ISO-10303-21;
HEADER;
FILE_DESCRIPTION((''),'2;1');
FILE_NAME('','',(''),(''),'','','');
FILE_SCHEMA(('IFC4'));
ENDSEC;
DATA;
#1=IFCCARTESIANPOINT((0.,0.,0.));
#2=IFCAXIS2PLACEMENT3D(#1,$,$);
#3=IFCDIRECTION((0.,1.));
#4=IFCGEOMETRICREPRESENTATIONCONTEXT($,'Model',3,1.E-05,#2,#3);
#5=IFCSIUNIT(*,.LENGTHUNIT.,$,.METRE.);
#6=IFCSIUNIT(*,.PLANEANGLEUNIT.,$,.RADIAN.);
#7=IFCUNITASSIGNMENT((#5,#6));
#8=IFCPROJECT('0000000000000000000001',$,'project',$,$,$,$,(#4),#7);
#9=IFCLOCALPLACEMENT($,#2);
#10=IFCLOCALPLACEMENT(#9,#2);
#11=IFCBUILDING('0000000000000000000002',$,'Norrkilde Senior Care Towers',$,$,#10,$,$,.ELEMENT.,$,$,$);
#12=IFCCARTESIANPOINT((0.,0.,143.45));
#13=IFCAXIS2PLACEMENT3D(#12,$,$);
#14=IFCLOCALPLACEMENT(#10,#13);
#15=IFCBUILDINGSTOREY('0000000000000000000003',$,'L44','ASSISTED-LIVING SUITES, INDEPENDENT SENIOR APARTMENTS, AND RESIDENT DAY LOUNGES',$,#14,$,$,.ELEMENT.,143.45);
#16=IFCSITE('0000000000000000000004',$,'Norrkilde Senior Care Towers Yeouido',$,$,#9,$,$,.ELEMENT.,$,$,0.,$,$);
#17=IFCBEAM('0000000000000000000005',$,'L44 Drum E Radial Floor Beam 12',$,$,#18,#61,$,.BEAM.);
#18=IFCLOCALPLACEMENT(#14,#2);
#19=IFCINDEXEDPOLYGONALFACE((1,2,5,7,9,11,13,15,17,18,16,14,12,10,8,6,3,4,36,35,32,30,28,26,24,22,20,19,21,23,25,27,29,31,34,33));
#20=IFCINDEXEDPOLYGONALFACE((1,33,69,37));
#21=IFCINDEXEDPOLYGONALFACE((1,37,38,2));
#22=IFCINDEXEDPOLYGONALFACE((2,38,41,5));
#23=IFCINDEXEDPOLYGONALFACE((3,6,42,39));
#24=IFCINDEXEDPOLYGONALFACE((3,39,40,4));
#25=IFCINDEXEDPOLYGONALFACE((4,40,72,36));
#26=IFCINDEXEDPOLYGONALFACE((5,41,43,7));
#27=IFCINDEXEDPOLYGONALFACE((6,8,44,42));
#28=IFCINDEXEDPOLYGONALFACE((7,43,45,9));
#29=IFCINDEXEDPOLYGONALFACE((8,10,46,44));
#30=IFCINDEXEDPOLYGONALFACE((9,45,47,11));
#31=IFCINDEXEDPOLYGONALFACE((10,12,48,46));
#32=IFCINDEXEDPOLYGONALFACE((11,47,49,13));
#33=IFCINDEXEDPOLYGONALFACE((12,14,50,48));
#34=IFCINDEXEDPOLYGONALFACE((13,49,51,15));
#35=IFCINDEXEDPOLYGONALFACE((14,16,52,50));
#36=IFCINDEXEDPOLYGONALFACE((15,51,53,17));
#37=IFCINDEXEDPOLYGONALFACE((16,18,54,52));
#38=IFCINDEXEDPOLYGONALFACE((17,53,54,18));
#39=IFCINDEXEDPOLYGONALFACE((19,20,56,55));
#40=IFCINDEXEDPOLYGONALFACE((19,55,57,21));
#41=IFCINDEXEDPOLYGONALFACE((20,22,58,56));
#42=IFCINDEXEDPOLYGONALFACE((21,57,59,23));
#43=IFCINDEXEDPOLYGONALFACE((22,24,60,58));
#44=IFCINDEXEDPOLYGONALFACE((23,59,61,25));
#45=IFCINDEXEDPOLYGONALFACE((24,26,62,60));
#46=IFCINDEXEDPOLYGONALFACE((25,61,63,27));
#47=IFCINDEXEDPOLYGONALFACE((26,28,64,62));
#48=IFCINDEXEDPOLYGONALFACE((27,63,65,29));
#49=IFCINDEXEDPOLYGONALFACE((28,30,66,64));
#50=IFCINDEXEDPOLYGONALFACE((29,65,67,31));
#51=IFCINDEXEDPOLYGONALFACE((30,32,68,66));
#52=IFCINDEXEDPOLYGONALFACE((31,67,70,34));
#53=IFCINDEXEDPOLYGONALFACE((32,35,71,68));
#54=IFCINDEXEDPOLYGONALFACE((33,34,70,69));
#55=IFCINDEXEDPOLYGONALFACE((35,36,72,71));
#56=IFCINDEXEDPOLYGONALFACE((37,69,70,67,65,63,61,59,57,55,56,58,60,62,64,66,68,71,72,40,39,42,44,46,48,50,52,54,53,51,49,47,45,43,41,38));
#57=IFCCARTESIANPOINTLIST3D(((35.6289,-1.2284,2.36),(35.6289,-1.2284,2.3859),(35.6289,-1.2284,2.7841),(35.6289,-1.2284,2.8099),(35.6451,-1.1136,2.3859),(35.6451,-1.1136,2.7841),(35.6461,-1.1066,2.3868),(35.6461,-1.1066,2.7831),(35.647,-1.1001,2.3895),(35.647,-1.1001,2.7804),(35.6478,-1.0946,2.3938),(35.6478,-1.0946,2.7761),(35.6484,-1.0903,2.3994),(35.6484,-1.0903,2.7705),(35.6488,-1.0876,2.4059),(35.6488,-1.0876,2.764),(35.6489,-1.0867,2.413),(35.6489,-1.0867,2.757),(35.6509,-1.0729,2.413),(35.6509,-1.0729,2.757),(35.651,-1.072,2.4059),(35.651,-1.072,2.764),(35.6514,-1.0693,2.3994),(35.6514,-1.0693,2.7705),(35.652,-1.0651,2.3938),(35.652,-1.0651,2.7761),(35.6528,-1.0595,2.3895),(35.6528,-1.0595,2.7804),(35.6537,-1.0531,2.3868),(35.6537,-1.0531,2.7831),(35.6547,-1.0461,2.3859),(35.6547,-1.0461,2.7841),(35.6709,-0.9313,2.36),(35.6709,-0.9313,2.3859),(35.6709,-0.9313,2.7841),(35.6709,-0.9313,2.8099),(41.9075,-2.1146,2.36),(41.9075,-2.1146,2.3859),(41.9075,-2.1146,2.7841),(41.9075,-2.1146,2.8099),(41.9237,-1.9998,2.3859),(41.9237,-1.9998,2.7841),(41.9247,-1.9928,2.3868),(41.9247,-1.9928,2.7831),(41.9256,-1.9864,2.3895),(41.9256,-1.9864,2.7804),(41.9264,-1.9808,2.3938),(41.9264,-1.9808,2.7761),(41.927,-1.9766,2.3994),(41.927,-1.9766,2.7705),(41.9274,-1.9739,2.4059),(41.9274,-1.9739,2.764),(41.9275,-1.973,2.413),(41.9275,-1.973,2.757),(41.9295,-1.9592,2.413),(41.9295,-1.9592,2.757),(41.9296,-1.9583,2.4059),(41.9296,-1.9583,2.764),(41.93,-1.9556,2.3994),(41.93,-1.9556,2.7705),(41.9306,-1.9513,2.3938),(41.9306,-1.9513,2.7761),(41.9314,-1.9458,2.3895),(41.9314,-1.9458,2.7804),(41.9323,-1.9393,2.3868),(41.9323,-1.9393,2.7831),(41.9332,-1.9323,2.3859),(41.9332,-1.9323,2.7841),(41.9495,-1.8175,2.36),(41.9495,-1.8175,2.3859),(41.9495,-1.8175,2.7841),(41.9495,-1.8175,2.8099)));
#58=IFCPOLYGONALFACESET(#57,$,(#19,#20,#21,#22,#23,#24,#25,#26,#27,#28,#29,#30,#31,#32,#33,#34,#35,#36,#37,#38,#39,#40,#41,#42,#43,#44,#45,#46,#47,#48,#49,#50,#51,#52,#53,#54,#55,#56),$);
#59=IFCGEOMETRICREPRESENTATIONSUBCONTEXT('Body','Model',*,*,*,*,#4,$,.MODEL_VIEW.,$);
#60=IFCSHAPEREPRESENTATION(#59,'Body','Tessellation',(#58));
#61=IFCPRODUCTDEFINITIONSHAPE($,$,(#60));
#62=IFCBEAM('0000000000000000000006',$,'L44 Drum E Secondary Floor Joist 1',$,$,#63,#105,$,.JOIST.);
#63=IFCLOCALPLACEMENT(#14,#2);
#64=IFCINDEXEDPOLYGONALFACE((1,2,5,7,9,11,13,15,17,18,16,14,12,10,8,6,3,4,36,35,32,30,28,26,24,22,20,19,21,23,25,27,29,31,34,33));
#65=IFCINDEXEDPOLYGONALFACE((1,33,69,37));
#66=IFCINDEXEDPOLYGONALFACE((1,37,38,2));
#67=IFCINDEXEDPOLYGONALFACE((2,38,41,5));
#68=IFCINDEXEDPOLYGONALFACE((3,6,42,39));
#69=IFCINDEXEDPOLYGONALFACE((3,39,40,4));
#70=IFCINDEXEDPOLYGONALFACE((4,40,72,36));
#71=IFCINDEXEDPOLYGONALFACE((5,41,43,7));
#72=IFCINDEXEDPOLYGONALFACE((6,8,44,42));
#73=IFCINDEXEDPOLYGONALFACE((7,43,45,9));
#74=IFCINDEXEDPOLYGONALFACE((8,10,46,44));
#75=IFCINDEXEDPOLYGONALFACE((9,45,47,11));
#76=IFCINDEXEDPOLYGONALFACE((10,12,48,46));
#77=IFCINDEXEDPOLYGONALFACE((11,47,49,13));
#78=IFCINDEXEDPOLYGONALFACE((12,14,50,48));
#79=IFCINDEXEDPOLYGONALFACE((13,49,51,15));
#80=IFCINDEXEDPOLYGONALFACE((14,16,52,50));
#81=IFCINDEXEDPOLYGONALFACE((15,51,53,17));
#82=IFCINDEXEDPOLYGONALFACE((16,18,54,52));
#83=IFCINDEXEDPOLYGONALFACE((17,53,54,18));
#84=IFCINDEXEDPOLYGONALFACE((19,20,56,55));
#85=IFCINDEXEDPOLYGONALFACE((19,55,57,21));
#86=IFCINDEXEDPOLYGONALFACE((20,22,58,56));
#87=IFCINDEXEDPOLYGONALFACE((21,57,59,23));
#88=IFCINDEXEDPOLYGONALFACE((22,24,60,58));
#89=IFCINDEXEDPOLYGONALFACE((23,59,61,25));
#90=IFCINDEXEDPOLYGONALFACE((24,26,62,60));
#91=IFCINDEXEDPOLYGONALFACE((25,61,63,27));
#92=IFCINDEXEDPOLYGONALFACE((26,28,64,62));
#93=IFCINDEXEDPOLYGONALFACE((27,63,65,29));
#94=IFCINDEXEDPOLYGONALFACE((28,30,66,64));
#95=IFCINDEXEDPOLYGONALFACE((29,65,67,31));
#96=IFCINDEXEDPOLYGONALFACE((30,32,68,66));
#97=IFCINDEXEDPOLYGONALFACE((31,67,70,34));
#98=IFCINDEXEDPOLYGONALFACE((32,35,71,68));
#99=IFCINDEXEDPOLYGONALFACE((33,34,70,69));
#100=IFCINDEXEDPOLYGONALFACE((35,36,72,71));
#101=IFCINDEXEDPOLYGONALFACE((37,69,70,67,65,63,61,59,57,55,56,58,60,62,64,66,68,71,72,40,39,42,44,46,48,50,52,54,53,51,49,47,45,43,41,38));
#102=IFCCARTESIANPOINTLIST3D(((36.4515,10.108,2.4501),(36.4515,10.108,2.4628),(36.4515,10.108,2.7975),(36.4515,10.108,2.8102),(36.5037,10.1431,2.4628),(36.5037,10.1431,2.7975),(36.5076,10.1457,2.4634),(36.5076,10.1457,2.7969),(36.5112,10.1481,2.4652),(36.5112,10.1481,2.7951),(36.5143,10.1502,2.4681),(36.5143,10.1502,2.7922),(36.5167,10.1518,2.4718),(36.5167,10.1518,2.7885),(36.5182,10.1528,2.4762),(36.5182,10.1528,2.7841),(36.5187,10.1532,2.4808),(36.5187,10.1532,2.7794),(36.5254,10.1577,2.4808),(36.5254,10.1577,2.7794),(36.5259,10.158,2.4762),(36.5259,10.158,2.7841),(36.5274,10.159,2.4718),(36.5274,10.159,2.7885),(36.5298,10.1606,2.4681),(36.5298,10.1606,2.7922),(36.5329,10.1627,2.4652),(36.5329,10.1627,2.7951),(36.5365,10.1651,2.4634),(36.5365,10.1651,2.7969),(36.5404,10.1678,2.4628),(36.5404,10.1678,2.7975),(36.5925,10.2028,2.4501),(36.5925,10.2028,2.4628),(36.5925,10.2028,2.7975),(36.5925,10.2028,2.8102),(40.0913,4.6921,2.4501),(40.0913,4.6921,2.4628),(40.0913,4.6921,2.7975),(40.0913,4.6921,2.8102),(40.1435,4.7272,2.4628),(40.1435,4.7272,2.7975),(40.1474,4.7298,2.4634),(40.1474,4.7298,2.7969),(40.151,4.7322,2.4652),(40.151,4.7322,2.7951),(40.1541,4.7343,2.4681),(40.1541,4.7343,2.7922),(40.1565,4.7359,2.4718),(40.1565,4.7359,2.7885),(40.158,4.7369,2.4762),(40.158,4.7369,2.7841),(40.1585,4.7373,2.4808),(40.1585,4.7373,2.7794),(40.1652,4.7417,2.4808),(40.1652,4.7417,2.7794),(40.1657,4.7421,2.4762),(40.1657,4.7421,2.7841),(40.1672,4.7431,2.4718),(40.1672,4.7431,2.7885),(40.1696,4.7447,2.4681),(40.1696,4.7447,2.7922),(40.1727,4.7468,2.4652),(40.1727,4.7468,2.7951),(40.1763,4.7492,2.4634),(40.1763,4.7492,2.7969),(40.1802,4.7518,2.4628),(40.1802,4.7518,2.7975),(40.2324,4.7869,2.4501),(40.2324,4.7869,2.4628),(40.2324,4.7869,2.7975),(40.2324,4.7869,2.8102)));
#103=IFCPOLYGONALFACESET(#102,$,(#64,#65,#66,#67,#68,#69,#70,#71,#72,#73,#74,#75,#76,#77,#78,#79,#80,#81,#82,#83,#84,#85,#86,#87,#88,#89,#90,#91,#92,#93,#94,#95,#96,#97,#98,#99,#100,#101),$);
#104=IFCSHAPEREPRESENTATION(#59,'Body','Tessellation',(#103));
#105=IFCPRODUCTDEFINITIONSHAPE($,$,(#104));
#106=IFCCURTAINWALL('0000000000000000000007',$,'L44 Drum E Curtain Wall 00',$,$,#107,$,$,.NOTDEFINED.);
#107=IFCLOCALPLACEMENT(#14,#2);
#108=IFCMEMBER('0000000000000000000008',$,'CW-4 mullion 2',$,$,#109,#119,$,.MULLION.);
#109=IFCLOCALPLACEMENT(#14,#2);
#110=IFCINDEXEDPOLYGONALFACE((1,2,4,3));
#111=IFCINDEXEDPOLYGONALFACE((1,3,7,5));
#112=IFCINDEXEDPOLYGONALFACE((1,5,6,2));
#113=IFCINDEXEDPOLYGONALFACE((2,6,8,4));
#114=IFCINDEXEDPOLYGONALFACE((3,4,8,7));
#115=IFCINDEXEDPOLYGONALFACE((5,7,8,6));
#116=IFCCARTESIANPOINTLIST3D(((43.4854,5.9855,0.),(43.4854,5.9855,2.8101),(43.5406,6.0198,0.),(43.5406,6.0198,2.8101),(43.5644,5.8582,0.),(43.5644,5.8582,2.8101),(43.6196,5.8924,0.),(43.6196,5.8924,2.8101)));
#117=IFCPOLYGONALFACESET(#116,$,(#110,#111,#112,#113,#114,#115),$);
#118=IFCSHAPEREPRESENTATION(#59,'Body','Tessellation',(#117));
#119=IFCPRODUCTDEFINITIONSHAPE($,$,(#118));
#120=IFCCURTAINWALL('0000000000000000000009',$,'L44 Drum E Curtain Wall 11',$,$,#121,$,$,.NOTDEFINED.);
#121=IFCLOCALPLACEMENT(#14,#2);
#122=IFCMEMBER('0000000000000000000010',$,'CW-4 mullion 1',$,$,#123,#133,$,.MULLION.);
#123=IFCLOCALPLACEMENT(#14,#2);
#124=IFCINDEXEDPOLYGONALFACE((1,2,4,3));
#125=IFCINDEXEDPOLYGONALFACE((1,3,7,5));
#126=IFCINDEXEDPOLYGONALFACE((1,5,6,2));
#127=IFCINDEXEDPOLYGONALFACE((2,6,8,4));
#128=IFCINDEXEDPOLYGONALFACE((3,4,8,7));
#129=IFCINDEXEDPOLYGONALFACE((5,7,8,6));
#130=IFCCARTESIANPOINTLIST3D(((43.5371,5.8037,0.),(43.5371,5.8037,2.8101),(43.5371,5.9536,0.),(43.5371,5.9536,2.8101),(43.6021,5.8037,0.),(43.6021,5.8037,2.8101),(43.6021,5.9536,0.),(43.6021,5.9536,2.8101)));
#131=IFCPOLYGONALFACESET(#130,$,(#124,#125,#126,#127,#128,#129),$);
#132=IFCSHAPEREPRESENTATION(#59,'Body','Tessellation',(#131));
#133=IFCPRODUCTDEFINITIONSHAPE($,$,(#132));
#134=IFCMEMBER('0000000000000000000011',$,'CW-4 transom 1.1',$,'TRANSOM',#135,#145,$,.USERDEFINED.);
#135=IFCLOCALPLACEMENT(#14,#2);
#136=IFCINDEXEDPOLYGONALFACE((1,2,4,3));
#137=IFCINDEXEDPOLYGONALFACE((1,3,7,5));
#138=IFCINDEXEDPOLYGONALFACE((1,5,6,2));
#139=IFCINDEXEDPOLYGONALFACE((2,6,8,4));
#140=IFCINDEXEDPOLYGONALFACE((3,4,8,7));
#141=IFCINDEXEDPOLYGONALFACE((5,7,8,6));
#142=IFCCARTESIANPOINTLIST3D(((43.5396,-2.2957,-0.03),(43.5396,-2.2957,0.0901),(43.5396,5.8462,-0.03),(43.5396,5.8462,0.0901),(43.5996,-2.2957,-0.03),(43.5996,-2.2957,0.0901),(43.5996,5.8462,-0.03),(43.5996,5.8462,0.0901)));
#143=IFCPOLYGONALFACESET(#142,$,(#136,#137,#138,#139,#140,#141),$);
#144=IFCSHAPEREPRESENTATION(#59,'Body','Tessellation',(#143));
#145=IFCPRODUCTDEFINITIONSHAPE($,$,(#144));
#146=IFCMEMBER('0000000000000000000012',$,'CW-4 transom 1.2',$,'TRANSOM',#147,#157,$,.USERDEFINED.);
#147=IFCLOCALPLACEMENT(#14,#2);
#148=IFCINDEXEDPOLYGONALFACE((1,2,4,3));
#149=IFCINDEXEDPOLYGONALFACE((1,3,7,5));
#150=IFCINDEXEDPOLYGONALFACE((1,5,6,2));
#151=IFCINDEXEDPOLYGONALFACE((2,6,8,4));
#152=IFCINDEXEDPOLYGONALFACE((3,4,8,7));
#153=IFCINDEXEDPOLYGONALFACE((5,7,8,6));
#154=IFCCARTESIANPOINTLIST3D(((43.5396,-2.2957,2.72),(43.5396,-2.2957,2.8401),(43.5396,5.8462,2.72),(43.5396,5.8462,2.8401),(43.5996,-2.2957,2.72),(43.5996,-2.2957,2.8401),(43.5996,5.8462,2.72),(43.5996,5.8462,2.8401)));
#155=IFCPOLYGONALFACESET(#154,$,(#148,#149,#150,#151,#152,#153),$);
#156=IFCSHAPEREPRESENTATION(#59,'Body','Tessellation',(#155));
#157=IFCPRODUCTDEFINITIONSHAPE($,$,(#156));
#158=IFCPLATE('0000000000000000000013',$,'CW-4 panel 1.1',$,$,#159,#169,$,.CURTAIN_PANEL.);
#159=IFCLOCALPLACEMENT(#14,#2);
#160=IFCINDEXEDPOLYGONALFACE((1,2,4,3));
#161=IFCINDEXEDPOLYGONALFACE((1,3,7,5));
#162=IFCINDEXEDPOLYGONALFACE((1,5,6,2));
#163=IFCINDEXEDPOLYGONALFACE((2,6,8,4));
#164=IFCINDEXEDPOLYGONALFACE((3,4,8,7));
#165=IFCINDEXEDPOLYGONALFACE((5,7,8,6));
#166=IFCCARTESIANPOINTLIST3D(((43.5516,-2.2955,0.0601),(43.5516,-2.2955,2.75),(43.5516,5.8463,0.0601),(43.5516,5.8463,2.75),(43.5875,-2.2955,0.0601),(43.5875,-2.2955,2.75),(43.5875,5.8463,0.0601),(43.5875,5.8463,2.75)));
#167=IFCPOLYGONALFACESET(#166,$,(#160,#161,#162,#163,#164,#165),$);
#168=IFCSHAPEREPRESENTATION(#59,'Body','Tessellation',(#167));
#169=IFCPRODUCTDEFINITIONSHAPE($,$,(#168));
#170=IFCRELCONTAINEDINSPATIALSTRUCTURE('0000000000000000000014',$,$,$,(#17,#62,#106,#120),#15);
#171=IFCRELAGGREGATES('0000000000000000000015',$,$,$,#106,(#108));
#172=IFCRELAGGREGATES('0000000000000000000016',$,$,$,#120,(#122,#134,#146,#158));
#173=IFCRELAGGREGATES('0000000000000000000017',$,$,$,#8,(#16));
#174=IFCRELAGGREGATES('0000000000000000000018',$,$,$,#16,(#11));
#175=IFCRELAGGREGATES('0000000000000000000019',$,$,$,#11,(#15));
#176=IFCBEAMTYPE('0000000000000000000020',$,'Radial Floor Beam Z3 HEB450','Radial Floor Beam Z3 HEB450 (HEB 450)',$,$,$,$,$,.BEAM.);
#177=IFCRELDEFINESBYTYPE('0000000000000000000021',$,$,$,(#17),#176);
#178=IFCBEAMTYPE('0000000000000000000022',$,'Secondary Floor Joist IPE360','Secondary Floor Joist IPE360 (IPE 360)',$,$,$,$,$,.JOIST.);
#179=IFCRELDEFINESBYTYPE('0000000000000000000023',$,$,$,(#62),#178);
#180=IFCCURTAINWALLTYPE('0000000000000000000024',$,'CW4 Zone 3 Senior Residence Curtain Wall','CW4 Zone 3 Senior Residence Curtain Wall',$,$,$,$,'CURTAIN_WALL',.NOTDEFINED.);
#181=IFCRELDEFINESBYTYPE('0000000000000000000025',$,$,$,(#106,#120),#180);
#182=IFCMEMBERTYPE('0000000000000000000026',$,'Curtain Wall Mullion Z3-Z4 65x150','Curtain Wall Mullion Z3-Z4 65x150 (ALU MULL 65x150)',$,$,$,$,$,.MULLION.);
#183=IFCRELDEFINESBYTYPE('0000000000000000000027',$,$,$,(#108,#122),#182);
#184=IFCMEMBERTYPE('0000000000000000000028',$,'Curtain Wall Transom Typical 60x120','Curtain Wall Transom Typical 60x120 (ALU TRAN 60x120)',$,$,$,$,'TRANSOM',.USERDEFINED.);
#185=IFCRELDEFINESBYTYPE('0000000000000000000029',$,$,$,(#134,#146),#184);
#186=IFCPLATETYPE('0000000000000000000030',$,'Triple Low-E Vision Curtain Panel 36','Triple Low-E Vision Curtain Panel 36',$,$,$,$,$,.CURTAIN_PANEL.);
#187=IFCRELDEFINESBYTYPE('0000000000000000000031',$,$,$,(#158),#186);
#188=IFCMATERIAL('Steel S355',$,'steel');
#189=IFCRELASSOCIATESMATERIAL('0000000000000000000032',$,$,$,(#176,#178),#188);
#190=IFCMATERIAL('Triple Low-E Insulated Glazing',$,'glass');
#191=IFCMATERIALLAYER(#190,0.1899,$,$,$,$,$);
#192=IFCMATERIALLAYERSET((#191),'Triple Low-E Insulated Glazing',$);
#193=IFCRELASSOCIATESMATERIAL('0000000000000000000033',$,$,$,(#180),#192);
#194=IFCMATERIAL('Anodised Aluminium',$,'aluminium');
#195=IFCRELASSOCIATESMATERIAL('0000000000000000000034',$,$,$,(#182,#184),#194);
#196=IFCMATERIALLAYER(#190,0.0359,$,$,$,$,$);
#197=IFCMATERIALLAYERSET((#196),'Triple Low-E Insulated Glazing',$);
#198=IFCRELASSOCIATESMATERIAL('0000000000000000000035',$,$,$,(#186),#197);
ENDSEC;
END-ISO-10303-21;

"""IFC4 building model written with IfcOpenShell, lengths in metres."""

from ifc_helpers import new_model, si_unit, direction, frame, origin, origin_2d, place, context, subcontext, project, spatial, rectangle, i_section, extrude, source, transform, mapped, material, layer, layer_set, material_profile, profile_set, type_object, type_shapes, element, aggregate, save


model = new_model("IFC4")

# Units and contexts
model_context = context("Model", 3, precision=1e-05, world=origin(), true_north=direction((0.0, 1.0)))
body_context = subcontext(model_context, "Body", "Model", "MODEL_VIEW")
ifc_project = project(units=[si_unit("LENGTHUNIT", "METRE"), si_unit("PLANEANGLEUNIT", "RADIAN")], contexts=[model_context])

# Site, building, storey
site_placement = place(None, origin())
site = spatial("IfcSite", under=ifc_project, at=site_placement, Name="Norrkilde Senior Care Towers Yeouido", CompositionType="ELEMENT", RefElevation=0.0)
building_placement = place(site_placement, origin())
building = spatial("IfcBuilding", under=site, at=building_placement, Name="Norrkilde Senior Care Towers", CompositionType="ELEMENT")
storey_placement = place(building_placement, frame((0.0, 0.0, 143.45)))
storey = spatial("IfcBuildingStorey", under=building, at=storey_placement, Name="L44", Description="ASSISTED-LIVING SUITES, INDEPENDENT SENIOR APARTMENTS, AND RESIDENT DAY LOUNGES", CompositionType="ELEMENT", Elevation=143.45)

# Beams
ifc_material_1 = material(Name="Steel S355", Category="steel")
ifc_material_profile_1 = material_profile(ifc_material_1, i_section(OverallWidth=0.3, OverallDepth=0.45, WebThickness=0.0139, FlangeThickness=0.0259, FilletRadius=0.0271, at=origin_2d()), Name="HEB 450")
ifc_profile_set_1 = profile_set([ifc_material_profile_1], Name="Steel S355")
beam_type_1 = type_object("IfcBeamType", Name="Radial Floor Beam Z3 HEB450", Description="Radial Floor Beam Z3 HEB450 (HEB 450)", PredefinedType="BEAM", material=ifc_profile_set_1)
shared_shape_1 = source(origin(), body_context, "Body", "SweptSolid", [
    extrude(i_section(OverallWidth=0.3, OverallDepth=0.45, WebThickness=0.0139, FlangeThickness=0.0259, FilletRadius=0.0271, at=origin_2d()), origin(), (0.0, 0.0, 1.0), 6.3408),
])
beam_1_placement = place(storey_placement, frame((35.6499, -1.0798, 2.585), z_axis=(0.990185, -0.139766, 0.0), x_axis=(0.139766, 0.990185, 0.0)))
element("IfcBeam", 1, at=beam_1_placement, inside=storey, type_object=beam_type_1, Name="L44 Drum E Radial Floor Beam 12", PredefinedType="BEAM", context=body_context, shape_type="MappedRepresentation", body=[
    mapped(shared_shape_1, transform((0.0, 0.0, 0.0), x_axis=(1.0, 0.0, 0.0), y_axis=(0.0, 1.0, 0.0), z_axis=(0.0, 0.0, 1.0), scale=1.0)),
])
ifc_material_profile_2 = material_profile(ifc_material_1, i_section(OverallWidth=0.1699, OverallDepth=0.3601, WebThickness=0.0081, FlangeThickness=0.0127, FilletRadius=0.0181, at=origin_2d()), Name="IPE 360")
ifc_profile_set_2 = profile_set([ifc_material_profile_2], Name="Steel S355")
beam_type_2 = type_object("IfcBeamType", Name="Secondary Floor Joist IPE360", Description="Secondary Floor Joist IPE360 (IPE 360)", PredefinedType="JOIST", material=ifc_profile_set_2)
shared_shape_2 = source(origin(), body_context, "Body", "SweptSolid", [
    extrude(i_section(OverallWidth=0.1699, OverallDepth=0.3601, WebThickness=0.0081, FlangeThickness=0.0127, FilletRadius=0.0181, at=origin_2d()), origin(), (0.0, 0.0, 1.0), 6.5254),
])
type_shapes(beam_type_2, [shared_shape_2])
beam_2_placement = place(storey_placement, frame((40.1619, 4.7395, 2.6301), z_axis=(-0.557796, 0.829978, 0.0), x_axis=(-0.829978, -0.557796, 0.0)))
element("IfcBeam", 2, at=beam_2_placement, inside=storey, type_object=beam_type_2, Name="L44 Drum E Secondary Floor Joist 1", PredefinedType="JOIST", context=body_context, shape_type="MappedRepresentation", body=[
    mapped(shared_shape_2, transform((0.0, 0.0, 0.0), x_axis=(1.0, 0.0, 0.0), y_axis=(0.0, 1.0, 0.0), z_axis=(0.0, 0.0, 1.0), scale=1.0)),
])

# Curtain wall, member
ifc_material_2 = material(Name="Triple Low-E Insulated Glazing", Category="glass")
ifc_layer_1 = layer(ifc_material_2, 0.1899)
ifc_layer_set_1 = layer_set([ifc_layer_1], Name="Triple Low-E Insulated Glazing")
curtain_wall_type = type_object("IfcCurtainWallType", Name="CW4 Zone 3 Senior Residence Curtain Wall", Description="CW4 Zone 3 Senior Residence Curtain Wall", ElementType="CURTAIN_WALL", PredefinedType="NOTDEFINED", material=ifc_layer_set_1)
curtain_wall_1_placement = place(storey_placement, origin())
curtain_wall_1 = element("IfcCurtainWall", 3, at=curtain_wall_1_placement, inside=storey, type_object=curtain_wall_type, Name="L44 Drum E Curtain Wall 00", PredefinedType="NOTDEFINED")
ifc_material_3 = material(Name="Anodised Aluminium", Category="aluminium")
ifc_material_profile_3 = material_profile(ifc_material_3, rectangle(XDim=0.0649, YDim=0.1499, at=origin_2d()), Name="ALU MULL 65x150")
ifc_profile_set_3 = profile_set([ifc_material_profile_3], Name="Anodised Aluminium")
member_type_1 = type_object("IfcMemberType", Name="Curtain Wall Mullion Z3-Z4 65x150", Description="Curtain Wall Mullion Z3-Z4 65x150 (ALU MULL 65x150)", PredefinedType="MULLION", material=ifc_profile_set_3)
shared_shape_3 = source(origin(), body_context, "Body", "SweptSolid", [
    extrude(rectangle(XDim=0.0649, YDim=0.1499, at=origin_2d()), origin(), (0.0, 0.0, 1.0), 2.8101),
])
type_shapes(member_type_1, [shared_shape_3])
member_1_placement = place(storey_placement, frame((43.5525, 5.939, 0.0), z_axis=(0.0, 0.0, 1.0), x_axis=(0.849634, 0.527373, 0.0)))
member_1 = element("IfcMember", 4, at=member_1_placement, type_object=member_type_1, Name="CW-4 mullion 2", PredefinedType="MULLION", context=body_context, shape_type="MappedRepresentation", body=[
    mapped(shared_shape_3, transform((0.0, 0.0, 0.0), x_axis=(1.0, 0.0, 0.0), y_axis=(0.0, 1.0, 0.0), z_axis=(0.0, 0.0, 1.0), scale=1.0)),
])
aggregate(curtain_wall_1, [member_1])

# Curtain wall, members, plate
curtain_wall_2_placement = place(storey_placement, origin())
curtain_wall_2 = element("IfcCurtainWall", 5, at=curtain_wall_2_placement, inside=storey, type_object=curtain_wall_type, Name="L44 Drum E Curtain Wall 11", PredefinedType="NOTDEFINED")
member_2_placement = place(storey_placement, frame((43.5696, 5.8787, 0.0), z_axis=(0.0, 0.0, 1.0), x_axis=(1.0, 0.0, 0.0)))
member_2 = element("IfcMember", 6, at=member_2_placement, type_object=member_type_1, Name="CW-4 mullion 1", PredefinedType="MULLION", context=body_context, shape_type="MappedRepresentation", body=[
    mapped(shared_shape_3, transform((0.0, 0.0, 0.0), x_axis=(1.0, 0.0, 0.0), y_axis=(0.0, 1.0, 0.0), z_axis=(0.0, 0.0, 1.0), scale=1.0)),
])
ifc_material_profile_4 = material_profile(ifc_material_3, rectangle(XDim=0.0601, YDim=0.1201, at=origin_2d()), Name="ALU TRAN 60x120")
ifc_profile_set_4 = profile_set([ifc_material_profile_4], Name="Anodised Aluminium")
member_type_2 = type_object("IfcMemberType", Name="Curtain Wall Transom Typical 60x120", Description="Curtain Wall Transom Typical 60x120 (ALU TRAN 60x120)", ElementType="TRANSOM", PredefinedType="USERDEFINED", material=ifc_profile_set_4)
shared_shape_4 = source(origin(), body_context, "Body", "SweptSolid", [
    extrude(rectangle(XDim=0.0601, YDim=0.1201, at=origin_2d()), origin(), (0.0, 0.0, 1.0), 8.1418),
])
type_shapes(member_type_2, [shared_shape_4])
member_3_placement = place(storey_placement, frame((43.5696, 5.8462, 0.03), z_axis=(0.0, -1.0, 0.0), x_axis=(1.0, 0.0, 0.0)))
member_3 = element("IfcMember", 7, at=member_3_placement, type_object=member_type_2, Name="CW-4 transom 1.1", ObjectType="TRANSOM", PredefinedType="USERDEFINED", context=body_context, shape_type="MappedRepresentation", body=[
    mapped(shared_shape_4, transform((0.0, 0.0, 0.0), x_axis=(1.0, 0.0, 0.0), y_axis=(0.0, 1.0, 0.0), z_axis=(0.0, 0.0, 1.0), scale=1.0)),
])
member_4_placement = place(storey_placement, frame((43.5696, 5.8462, 2.78), z_axis=(0.0, -1.0, 0.0), x_axis=(1.0, 0.0, 0.0)))
member_4 = element("IfcMember", 8, at=member_4_placement, type_object=member_type_2, Name="CW-4 transom 1.2", ObjectType="TRANSOM", PredefinedType="USERDEFINED", context=body_context, shape_type="MappedRepresentation", body=[
    mapped(shared_shape_4, transform((0.0, 0.0, 0.0), x_axis=(1.0, 0.0, 0.0), y_axis=(0.0, 1.0, 0.0), z_axis=(0.0, 0.0, 1.0), scale=1.0)),
])
ifc_layer_2 = layer(ifc_material_2, 0.0359)
ifc_layer_set_2 = layer_set([ifc_layer_2], Name="Triple Low-E Insulated Glazing")
plate_type = type_object("IfcPlateType", Name="Triple Low-E Vision Curtain Panel 36", Description="Triple Low-E Vision Curtain Panel 36", PredefinedType="CURTAIN_PANEL", material=ifc_layer_set_2)
shared_shape_5 = source(origin(), body_context, "Body", "SweptSolid", [
    extrude(rectangle(XDim=8.1418, YDim=0.0359, at=origin_2d()), origin(), (0.0, 0.0, 1.0), 2.6899),
])
type_shapes(plate_type, [shared_shape_5])
plate_placement = place(storey_placement, frame((43.5696, 1.7754, 0.0601), z_axis=(0.0, 0.0, 1.0), x_axis=(0.0, -1.0, 0.0)))
plate = element("IfcPlate", 9, at=plate_placement, type_object=plate_type, Name="CW-4 panel 1.1", PredefinedType="CURTAIN_PANEL", context=body_context, shape_type="MappedRepresentation", body=[
    mapped(shared_shape_5, transform((0.0, 0.0, 0.0), x_axis=(1.0, 0.0, 0.0), y_axis=(0.0, 1.0, 0.0), z_axis=(0.0, 0.0, 1.0), scale=1.0)),
])
aggregate(curtain_wall_2, [member_2, member_3, member_4, plate])

save(model, "model.ifc")
